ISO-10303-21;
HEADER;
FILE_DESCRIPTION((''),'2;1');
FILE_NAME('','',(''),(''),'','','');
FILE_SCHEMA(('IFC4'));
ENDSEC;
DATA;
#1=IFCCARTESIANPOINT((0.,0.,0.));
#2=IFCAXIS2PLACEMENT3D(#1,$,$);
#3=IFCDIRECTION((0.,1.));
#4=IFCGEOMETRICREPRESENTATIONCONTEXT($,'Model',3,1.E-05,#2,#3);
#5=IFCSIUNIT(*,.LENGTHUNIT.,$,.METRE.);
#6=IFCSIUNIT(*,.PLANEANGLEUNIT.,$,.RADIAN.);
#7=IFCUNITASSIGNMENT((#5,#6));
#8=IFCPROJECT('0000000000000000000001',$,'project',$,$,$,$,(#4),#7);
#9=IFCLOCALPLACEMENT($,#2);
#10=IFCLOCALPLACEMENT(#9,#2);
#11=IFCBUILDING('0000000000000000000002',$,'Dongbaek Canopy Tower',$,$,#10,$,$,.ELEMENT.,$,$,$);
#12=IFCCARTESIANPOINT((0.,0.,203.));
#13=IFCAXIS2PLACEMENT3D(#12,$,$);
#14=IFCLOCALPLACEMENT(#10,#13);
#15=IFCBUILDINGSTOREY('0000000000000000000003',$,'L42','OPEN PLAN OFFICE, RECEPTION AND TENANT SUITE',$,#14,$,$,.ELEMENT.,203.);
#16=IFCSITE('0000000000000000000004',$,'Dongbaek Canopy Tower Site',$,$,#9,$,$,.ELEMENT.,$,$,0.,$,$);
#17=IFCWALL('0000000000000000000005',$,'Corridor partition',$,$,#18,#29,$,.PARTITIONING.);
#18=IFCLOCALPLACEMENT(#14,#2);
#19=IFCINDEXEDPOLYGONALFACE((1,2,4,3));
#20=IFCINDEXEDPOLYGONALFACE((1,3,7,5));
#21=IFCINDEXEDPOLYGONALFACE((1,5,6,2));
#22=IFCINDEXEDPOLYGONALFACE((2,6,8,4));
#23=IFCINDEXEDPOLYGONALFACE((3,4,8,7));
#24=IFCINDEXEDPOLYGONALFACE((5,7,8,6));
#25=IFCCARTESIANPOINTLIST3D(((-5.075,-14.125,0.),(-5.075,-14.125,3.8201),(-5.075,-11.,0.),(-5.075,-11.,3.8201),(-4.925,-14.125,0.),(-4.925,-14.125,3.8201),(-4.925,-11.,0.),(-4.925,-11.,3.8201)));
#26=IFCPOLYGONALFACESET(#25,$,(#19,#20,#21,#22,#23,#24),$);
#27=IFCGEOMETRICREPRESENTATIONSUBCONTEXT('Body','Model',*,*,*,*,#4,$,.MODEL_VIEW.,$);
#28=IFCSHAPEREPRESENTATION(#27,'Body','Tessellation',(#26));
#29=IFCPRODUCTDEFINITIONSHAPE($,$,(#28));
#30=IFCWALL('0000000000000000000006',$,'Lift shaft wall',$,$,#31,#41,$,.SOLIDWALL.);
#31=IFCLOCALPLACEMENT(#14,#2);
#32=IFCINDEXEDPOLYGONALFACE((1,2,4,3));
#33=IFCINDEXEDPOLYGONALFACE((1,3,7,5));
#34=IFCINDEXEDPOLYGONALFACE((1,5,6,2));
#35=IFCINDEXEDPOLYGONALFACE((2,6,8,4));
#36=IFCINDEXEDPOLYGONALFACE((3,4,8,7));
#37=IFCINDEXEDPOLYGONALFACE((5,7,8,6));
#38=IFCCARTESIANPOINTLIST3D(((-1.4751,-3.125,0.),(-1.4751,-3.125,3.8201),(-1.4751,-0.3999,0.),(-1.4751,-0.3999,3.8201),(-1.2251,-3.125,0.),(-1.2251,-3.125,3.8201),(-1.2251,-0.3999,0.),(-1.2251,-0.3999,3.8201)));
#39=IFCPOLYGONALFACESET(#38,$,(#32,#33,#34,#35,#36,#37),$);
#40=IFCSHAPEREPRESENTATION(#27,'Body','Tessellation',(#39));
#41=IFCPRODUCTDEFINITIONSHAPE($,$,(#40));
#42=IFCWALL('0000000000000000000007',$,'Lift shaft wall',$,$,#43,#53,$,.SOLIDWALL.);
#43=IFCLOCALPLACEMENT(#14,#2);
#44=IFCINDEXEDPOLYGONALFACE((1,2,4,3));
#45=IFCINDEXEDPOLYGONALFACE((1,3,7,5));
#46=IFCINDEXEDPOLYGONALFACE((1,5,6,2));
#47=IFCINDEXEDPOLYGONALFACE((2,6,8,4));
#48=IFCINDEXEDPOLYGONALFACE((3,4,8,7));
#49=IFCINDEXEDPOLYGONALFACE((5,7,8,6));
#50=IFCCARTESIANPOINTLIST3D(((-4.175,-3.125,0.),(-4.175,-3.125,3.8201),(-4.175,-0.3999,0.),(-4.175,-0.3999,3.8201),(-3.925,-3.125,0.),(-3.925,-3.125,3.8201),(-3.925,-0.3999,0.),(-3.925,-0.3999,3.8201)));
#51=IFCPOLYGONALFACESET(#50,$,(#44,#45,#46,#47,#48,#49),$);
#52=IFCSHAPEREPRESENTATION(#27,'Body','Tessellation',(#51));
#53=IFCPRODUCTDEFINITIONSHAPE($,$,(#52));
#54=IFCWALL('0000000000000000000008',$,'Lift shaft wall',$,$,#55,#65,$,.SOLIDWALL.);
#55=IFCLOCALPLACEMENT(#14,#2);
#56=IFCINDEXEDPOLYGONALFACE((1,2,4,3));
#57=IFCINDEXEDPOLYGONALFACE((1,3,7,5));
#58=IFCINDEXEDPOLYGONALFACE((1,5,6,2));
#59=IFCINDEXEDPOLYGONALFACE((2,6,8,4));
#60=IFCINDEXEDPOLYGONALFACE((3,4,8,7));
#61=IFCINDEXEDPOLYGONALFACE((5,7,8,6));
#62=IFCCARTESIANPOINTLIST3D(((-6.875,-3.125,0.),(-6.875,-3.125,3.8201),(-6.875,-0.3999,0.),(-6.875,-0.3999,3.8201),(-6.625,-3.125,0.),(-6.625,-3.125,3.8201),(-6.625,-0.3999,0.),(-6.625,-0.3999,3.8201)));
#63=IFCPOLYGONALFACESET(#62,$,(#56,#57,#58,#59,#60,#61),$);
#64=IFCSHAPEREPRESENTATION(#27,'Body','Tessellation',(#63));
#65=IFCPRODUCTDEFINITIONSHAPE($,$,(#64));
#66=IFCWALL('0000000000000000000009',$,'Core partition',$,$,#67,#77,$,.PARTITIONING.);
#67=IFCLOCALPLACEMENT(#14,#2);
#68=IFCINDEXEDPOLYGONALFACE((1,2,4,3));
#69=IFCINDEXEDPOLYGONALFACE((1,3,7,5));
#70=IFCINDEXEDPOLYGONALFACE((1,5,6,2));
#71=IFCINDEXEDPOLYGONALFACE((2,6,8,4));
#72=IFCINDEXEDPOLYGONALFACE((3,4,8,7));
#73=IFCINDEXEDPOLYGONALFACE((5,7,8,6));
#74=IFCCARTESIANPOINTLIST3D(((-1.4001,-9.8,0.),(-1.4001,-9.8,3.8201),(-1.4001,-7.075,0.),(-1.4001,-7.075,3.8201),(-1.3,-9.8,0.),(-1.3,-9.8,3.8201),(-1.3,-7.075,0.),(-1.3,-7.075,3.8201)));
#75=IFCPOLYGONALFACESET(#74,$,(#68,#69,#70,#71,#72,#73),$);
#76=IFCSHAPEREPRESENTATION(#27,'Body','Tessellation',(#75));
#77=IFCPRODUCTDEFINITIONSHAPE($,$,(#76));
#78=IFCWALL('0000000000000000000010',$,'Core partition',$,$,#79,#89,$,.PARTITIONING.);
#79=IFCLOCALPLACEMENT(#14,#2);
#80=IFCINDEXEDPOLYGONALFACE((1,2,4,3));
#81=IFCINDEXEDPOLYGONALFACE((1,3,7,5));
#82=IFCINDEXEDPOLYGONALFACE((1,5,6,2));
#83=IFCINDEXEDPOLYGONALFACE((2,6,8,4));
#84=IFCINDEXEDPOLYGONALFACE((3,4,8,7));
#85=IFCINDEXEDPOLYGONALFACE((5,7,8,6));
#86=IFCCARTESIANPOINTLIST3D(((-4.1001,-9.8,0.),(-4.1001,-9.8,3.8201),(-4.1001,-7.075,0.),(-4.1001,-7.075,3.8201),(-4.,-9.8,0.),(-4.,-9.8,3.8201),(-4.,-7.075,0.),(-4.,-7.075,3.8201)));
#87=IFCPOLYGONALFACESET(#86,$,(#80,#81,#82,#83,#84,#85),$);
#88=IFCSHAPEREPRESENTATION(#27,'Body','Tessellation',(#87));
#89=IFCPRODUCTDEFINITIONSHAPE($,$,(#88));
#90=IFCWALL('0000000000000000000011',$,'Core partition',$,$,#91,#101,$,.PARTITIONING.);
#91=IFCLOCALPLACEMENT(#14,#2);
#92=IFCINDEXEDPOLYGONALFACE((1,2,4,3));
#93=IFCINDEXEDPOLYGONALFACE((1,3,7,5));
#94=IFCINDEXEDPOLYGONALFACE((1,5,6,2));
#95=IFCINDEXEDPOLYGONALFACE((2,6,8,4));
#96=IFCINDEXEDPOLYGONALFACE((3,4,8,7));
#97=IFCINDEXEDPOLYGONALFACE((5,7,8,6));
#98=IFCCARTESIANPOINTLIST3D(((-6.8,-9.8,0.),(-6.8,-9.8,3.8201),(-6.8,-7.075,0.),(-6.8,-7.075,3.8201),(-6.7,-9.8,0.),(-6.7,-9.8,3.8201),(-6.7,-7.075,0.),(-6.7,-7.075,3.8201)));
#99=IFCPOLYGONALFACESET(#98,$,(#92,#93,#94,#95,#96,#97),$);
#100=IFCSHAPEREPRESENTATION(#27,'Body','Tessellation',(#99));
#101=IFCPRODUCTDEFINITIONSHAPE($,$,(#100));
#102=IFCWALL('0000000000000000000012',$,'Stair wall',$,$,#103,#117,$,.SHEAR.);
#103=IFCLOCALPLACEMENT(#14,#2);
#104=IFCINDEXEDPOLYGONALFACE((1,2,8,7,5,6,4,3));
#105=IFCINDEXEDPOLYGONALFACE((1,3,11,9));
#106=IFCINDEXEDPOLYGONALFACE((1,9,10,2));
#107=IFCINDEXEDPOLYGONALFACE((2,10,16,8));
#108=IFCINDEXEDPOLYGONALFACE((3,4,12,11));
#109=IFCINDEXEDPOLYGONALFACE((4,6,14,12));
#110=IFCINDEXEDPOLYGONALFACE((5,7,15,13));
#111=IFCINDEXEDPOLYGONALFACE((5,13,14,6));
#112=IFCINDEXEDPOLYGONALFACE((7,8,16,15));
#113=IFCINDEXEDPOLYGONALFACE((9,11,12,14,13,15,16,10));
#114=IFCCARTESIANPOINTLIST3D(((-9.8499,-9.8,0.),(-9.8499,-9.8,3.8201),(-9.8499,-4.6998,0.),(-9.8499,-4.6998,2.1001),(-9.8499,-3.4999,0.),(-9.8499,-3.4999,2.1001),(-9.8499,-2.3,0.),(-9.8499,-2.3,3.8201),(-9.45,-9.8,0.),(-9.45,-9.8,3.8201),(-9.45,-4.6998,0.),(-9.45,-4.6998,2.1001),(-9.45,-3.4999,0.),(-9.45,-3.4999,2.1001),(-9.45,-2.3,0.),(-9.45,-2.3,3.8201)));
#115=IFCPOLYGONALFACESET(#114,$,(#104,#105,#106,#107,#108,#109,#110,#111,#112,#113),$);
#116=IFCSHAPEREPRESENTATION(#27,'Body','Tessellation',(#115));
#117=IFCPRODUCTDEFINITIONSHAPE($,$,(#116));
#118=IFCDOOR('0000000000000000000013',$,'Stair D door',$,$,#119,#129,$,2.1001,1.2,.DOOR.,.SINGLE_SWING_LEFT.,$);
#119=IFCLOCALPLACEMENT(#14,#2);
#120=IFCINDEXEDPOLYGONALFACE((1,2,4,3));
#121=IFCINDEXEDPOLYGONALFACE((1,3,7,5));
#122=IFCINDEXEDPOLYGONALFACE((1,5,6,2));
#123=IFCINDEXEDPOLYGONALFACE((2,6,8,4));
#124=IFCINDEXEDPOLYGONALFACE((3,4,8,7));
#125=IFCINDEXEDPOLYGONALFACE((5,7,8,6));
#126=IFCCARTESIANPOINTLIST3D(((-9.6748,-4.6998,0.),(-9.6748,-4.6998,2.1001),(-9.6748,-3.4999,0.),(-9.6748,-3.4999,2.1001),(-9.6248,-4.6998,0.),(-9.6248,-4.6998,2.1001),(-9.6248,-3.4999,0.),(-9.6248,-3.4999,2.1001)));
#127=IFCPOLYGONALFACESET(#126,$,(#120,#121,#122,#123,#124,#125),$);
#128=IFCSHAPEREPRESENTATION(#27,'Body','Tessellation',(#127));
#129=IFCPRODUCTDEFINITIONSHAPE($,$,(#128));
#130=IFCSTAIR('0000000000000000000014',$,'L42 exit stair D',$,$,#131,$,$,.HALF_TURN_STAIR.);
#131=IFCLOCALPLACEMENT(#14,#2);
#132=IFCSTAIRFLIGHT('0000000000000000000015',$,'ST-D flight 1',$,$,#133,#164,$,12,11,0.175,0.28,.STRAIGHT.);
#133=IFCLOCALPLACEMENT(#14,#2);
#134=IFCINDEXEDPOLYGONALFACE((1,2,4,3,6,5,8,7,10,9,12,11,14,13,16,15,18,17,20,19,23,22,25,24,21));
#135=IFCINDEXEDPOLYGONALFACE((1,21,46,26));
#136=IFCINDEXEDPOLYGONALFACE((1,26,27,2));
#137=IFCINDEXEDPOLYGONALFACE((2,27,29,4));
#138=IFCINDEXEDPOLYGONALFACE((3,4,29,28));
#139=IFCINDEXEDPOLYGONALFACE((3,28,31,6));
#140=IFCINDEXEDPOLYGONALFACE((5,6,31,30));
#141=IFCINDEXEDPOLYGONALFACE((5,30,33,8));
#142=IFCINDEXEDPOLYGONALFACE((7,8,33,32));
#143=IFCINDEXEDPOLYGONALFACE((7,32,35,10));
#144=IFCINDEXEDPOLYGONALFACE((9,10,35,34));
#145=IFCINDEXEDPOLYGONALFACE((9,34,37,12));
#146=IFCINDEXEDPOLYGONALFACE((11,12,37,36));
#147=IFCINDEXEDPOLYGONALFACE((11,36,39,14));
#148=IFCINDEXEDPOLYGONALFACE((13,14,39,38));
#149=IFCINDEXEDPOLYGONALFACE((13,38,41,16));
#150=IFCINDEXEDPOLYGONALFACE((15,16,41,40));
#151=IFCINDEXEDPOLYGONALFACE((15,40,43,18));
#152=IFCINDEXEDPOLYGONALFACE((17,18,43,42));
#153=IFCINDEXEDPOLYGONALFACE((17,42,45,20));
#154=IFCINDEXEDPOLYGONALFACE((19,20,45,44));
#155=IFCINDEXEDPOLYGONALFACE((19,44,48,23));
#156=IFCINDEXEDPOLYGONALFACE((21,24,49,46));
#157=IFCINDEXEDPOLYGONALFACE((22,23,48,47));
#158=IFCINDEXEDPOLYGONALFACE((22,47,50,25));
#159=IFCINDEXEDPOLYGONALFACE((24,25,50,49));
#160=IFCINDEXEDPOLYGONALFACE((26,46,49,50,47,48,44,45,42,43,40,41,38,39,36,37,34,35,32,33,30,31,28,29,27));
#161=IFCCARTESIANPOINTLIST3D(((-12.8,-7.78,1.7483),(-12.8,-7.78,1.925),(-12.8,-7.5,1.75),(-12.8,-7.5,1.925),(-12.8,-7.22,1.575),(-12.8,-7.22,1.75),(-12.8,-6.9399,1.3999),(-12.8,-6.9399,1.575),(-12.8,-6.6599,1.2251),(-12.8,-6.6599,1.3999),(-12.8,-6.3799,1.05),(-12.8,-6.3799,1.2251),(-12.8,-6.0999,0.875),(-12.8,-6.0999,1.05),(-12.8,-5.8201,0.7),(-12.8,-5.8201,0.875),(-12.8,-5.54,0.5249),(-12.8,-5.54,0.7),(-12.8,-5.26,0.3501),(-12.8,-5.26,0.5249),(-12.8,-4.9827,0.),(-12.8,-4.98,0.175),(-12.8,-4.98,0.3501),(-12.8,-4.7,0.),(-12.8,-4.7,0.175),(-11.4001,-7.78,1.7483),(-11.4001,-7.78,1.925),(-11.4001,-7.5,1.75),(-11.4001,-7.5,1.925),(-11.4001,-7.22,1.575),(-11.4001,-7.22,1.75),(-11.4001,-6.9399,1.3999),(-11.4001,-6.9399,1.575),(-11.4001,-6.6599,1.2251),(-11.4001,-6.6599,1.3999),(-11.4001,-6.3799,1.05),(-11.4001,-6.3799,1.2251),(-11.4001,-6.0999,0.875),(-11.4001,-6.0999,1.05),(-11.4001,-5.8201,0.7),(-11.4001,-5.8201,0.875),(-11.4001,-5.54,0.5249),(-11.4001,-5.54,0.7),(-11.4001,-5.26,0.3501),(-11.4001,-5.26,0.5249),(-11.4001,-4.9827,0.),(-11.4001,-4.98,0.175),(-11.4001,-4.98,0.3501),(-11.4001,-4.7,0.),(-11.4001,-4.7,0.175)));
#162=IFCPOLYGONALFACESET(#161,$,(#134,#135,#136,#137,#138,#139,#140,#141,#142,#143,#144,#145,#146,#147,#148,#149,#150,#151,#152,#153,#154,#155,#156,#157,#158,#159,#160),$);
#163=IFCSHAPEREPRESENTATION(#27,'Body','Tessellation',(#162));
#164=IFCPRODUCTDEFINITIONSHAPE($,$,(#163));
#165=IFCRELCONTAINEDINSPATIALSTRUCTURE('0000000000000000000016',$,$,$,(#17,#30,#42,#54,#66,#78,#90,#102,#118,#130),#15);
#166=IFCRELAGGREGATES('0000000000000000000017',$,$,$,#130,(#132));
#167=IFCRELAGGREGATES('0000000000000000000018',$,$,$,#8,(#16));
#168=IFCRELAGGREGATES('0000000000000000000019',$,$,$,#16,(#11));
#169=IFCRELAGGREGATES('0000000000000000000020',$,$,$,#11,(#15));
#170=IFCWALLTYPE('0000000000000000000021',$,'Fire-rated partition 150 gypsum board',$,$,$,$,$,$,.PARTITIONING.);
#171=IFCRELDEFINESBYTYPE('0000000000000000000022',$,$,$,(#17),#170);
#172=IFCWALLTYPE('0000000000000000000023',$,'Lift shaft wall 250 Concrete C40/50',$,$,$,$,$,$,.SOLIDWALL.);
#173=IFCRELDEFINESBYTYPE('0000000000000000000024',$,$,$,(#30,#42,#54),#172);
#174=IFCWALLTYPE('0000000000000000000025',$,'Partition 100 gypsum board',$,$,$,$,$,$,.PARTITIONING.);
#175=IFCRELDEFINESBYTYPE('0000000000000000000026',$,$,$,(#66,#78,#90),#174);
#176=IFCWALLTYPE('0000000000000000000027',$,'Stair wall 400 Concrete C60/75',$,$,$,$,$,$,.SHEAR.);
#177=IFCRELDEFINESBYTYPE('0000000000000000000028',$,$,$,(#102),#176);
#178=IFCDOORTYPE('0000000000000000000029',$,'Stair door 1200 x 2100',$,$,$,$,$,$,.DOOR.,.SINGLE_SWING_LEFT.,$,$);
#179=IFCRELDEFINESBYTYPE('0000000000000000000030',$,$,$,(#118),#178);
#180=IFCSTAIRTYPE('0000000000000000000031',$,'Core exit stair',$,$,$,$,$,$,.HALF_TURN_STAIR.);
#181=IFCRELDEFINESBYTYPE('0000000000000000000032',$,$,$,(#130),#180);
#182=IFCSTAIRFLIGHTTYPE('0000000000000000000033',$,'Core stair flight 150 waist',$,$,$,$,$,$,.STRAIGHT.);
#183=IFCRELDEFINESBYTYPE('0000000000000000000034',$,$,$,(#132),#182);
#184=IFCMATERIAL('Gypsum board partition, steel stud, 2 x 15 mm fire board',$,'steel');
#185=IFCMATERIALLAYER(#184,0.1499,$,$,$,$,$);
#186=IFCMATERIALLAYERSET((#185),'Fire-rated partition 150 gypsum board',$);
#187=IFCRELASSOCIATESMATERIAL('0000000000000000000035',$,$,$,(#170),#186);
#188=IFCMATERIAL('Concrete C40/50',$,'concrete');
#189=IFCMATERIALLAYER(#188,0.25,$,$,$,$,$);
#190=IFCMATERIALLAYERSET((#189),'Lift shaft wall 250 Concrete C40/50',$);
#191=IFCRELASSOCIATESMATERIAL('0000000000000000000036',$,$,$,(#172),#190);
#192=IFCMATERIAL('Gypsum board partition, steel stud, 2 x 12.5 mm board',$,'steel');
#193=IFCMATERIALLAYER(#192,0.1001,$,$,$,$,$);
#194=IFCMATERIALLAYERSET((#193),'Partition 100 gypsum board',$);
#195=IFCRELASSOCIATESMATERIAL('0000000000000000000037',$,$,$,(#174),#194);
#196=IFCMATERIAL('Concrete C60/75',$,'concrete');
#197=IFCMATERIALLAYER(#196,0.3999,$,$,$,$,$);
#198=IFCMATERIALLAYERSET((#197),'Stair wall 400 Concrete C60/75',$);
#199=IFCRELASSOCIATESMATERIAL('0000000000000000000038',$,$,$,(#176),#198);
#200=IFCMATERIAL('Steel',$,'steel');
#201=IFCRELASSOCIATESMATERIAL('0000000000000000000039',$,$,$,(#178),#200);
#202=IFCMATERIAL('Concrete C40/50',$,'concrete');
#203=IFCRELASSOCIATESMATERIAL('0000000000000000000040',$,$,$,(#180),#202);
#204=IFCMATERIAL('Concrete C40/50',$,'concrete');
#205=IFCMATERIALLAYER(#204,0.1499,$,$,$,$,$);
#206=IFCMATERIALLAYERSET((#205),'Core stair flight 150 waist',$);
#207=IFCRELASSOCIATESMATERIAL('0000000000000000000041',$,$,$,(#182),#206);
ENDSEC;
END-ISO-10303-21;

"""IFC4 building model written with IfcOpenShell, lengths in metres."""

from ifc_helpers import new_model, si_unit, direction, frame, frame_2d, origin, place, context, subcontext, project, spatial, polyline, rectangle, outline, extrude, material, layer, layer_set, type_object, element, fill, aggregate, save


model = new_model("IFC4")

# Units and contexts
model_context = context("Model", 3, precision=1e-05, world=origin(), true_north=direction((0.0, 1.0)))
body_context = subcontext(model_context, "Body", "Model", "MODEL_VIEW")
ifc_project = project(units=[si_unit("LENGTHUNIT", "METRE"), si_unit("PLANEANGLEUNIT", "RADIAN")], contexts=[model_context])

# Site, building, storey
site_placement = place(None, origin())
site = spatial("IfcSite", under=ifc_project, at=site_placement, Name="Dongbaek Canopy Tower Site", CompositionType="ELEMENT", RefElevation=0.0)
building_placement = place(site_placement, origin())
building = spatial("IfcBuilding", under=site, at=building_placement, Name="Dongbaek Canopy Tower", CompositionType="ELEMENT")
storey_placement = place(building_placement, frame((0.0, 0.0, 203.0)))
storey = spatial("IfcBuildingStorey", under=building, at=storey_placement, Name="L42", Description="OPEN PLAN OFFICE, RECEPTION AND TENANT SUITE", CompositionType="ELEMENT", Elevation=203.0)

# Walls
ifc_material_1 = material(Name="Gypsum board partition, steel stud, 2 x 15 mm fire board", Category="steel")
ifc_layer_1 = layer(ifc_material_1, 0.1499)
ifc_layer_set_1 = layer_set([ifc_layer_1], Name="Fire-rated partition 150 gypsum board")
wall_type_1 = type_object("IfcWallType", Name="Fire-rated partition 150 gypsum board", PredefinedType="PARTITIONING", material=ifc_layer_set_1)
wall_1_placement = place(storey_placement, frame((-5.0, -14.125, 0.0), z_axis=(0.0, 0.0, 1.0), x_axis=(0.0, 1.0, 0.0)))
element("IfcWall", 1, at=wall_1_placement, inside=storey, type_object=wall_type_1, Name="Corridor partition", PredefinedType="PARTITIONING", context=body_context, shape_type="SweptSolid", body=[
    extrude(rectangle(XDim=3.125, YDim=0.1499, at=frame_2d((1.5625, 0.0))), origin(), (0.0, 0.0, 1.0), 3.8201),
])
ifc_material_2 = material(Name="Concrete C40/50", Category="concrete")
ifc_layer_2 = layer(ifc_material_2, 0.25)
ifc_layer_set_2 = layer_set([ifc_layer_2], Name="Lift shaft wall 250 Concrete C40/50")
wall_type_2 = type_object("IfcWallType", Name="Lift shaft wall 250 Concrete C40/50", PredefinedType="SOLIDWALL", material=ifc_layer_set_2)
for number, where, z_axis, x_axis, name in (
    (2, (-1.3501, -3.125, 0.0), (0.0, 0.0, 1.0), (0.0, 1.0, 0.0), "Lift shaft wall"),
    (3, (-4.05, -3.125, 0.0), (0.0, 0.0, 1.0), (0.0, 1.0, 0.0), "Lift shaft wall"),
    (4, (-6.75, -3.125, 0.0), (0.0, 0.0, 1.0), (0.0, 1.0, 0.0), "Lift shaft wall"),
):
    element("IfcWall", number, at=place(storey_placement, frame(where, z_axis=z_axis, x_axis=x_axis)), inside=storey, type_object=wall_type_2, Name=name, PredefinedType="SOLIDWALL", context=body_context, shape_type="SweptSolid", body=[
        extrude(rectangle(XDim=2.7251, YDim=0.25, at=frame_2d((1.3625, 0.0))), origin(), (0.0, 0.0, 1.0), 3.8201),
    ])
ifc_material_3 = material(Name="Gypsum board partition, steel stud, 2 x 12.5 mm board", Category="steel")
ifc_layer_3 = layer(ifc_material_3, 0.1001)
ifc_layer_set_3 = layer_set([ifc_layer_3], Name="Partition 100 gypsum board")
wall_type_3 = type_object("IfcWallType", Name="Partition 100 gypsum board", PredefinedType="PARTITIONING", material=ifc_layer_set_3)
for number, where, z_axis, x_axis, name in (
    (5, (-1.3501, -9.8, 0.0), (0.0, 0.0, 1.0), (0.0, 1.0, 0.0), "Core partition"),
    (6, (-4.05, -9.8, 0.0), (0.0, 0.0, 1.0), (0.0, 1.0, 0.0), "Core partition"),
    (7, (-6.75, -9.8, 0.0), (0.0, 0.0, 1.0), (0.0, 1.0, 0.0), "Core partition"),
):
    element("IfcWall", number, at=place(storey_placement, frame(where, z_axis=z_axis, x_axis=x_axis)), inside=storey, type_object=wall_type_3, Name=name, PredefinedType="PARTITIONING", context=body_context, shape_type="SweptSolid", body=[
        extrude(rectangle(XDim=2.7251, YDim=0.1001, at=frame_2d((1.3625, 0.0))), origin(), (0.0, 0.0, 1.0), 3.8201),
    ])

# Wall, opening, door
ifc_material_4 = material(Name="Concrete C60/75", Category="concrete")
ifc_layer_4 = layer(ifc_material_4, 0.3999)
ifc_layer_set_4 = layer_set([ifc_layer_4], Name="Stair wall 400 Concrete C60/75")
wall_type_4 = type_object("IfcWallType", Name="Stair wall 400 Concrete C60/75", PredefinedType="SHEAR", material=ifc_layer_set_4)
wall_2_placement = place(storey_placement, frame((-9.6499, -9.8, 0.0), z_axis=(0.0, 0.0, 1.0), x_axis=(0.0, 1.0, 0.0)))
wall_2 = element("IfcWall", 8, at=wall_2_placement, inside=storey, type_object=wall_type_4, Name="Stair wall", PredefinedType="SHEAR", context=body_context, shape_type="SweptSolid", body=[
    extrude(rectangle(XDim=7.5, YDim=0.3999, at=frame_2d((3.75, 0.0))), origin(), (0.0, 0.0, 1.0), 3.8201),
])
opening_1_placement = place(wall_2_placement, frame((5.1001, 0.0, 0.0)))
opening_1 = element("IfcOpeningElement", 9, at=opening_1_placement, cuts=wall_2, PredefinedType="OPENING", context=body_context, shape_type="SweptSolid", body=[
    extrude(rectangle(XDim=1.2, YDim=2.1001, at=frame_2d((0.6001, 1.05))), frame((0.0, 0.21, 0.0), z_axis=(0.0, -1.0, 0.0), x_axis=(1.0, 0.0, 0.0)), (0.0, 0.0, 1.0), 0.4199),
])
ifc_material_5 = material(Name="Steel", Category="steel")
door_type_1 = type_object("IfcDoorType", Name="Stair door 1200 x 2100", OperationType="SINGLE_SWING_LEFT", PredefinedType="DOOR", material=ifc_material_5)
door_1_placement = place(opening_1_placement, origin())
door_1 = element("IfcDoor", 10, at=door_1_placement, inside=storey, type_object=door_type_1, Name="Stair D door", OperationType="SINGLE_SWING_LEFT", OverallHeight=2.1001, OverallWidth=1.2, PredefinedType="DOOR", context=body_context, shape_type="SweptSolid", body=[
    extrude(rectangle(XDim=1.2, YDim=2.1001, at=frame_2d((0.6001, 1.05))), frame((0.0, 0.0249, 0.0), z_axis=(0.0, -1.0, 0.0), x_axis=(1.0, 0.0, 0.0)), (0.0, 0.0, 1.0), 0.05),
])
fill(opening_1, door_1)

# Stair, stair flight
ifc_material_6 = material(Name="Concrete C40/50", Category="concrete")
stair_type = type_object("IfcStairType", Name="Core exit stair", PredefinedType="HALF_TURN_STAIR", material=ifc_material_6)
stair_placement = place(storey_placement, origin())
stair = element("IfcStair", 11, at=stair_placement, inside=storey, type_object=stair_type, Name="L42 exit stair D", PredefinedType="HALF_TURN_STAIR")
ifc_material_7 = material(Name="Concrete C40/50", Category="concrete")
ifc_layer_5 = layer(ifc_material_7, 0.1499)
ifc_layer_set_5 = layer_set([ifc_layer_5], Name="Core stair flight 150 waist")
stair_flight_type = type_object("IfcStairFlightType", Name="Core stair flight 150 waist", PredefinedType="STRAIGHT", material=ifc_layer_set_5)
stair_flight_1_placement = place(storey_placement, frame((-12.1001, -4.7, 0.0), z_axis=(0.0, 0.0, 1.0), x_axis=(0.0, -1.0, 0.0)))
stair_flight_1 = element("IfcStairFlight", 12, at=stair_flight_1_placement, type_object=stair_flight_type, Name="ST-D flight 1", NumberOfRisers=12, NumberOfTreads=11, PredefinedType="STRAIGHT", RiserHeight=0.175, TreadLength=0.28, context=body_context, shape_type="SweptSolid", body=[
    extrude(outline(polyline([(0.0, 0.0), (0.0, 0.175), (0.28, 0.175), (0.28, 0.3501), (0.5601, 0.3501), (0.5601, 0.5249), (0.8401, 0.5249), (0.8401, 0.7), (1.1201, 0.7), (1.1201, 0.875), (1.3999, 0.875), (1.3999, 1.05), (1.6799, 1.05), (1.6799, 1.2251), (1.96, 1.2251), (1.96, 1.3999), (2.24, 1.3999), (2.24, 1.575), (2.52, 1.575), (2.52, 1.75), (2.8, 1.75), (2.8, 1.925), (3.0801, 1.925), (3.0801, 2.1001), (3.0801, 1.7483), (0.2827, 0.0), (0.0, 0.0)])), frame((0.0, 0.7, 0.0), z_axis=(0.0, -1.0, 0.0), x_axis=(1.0, 0.0, 0.0)), (0.0, 0.0, 1.0), 1.3999),
])
aggregate(stair, [stair_flight_1])

save(model, "model.ifc")
